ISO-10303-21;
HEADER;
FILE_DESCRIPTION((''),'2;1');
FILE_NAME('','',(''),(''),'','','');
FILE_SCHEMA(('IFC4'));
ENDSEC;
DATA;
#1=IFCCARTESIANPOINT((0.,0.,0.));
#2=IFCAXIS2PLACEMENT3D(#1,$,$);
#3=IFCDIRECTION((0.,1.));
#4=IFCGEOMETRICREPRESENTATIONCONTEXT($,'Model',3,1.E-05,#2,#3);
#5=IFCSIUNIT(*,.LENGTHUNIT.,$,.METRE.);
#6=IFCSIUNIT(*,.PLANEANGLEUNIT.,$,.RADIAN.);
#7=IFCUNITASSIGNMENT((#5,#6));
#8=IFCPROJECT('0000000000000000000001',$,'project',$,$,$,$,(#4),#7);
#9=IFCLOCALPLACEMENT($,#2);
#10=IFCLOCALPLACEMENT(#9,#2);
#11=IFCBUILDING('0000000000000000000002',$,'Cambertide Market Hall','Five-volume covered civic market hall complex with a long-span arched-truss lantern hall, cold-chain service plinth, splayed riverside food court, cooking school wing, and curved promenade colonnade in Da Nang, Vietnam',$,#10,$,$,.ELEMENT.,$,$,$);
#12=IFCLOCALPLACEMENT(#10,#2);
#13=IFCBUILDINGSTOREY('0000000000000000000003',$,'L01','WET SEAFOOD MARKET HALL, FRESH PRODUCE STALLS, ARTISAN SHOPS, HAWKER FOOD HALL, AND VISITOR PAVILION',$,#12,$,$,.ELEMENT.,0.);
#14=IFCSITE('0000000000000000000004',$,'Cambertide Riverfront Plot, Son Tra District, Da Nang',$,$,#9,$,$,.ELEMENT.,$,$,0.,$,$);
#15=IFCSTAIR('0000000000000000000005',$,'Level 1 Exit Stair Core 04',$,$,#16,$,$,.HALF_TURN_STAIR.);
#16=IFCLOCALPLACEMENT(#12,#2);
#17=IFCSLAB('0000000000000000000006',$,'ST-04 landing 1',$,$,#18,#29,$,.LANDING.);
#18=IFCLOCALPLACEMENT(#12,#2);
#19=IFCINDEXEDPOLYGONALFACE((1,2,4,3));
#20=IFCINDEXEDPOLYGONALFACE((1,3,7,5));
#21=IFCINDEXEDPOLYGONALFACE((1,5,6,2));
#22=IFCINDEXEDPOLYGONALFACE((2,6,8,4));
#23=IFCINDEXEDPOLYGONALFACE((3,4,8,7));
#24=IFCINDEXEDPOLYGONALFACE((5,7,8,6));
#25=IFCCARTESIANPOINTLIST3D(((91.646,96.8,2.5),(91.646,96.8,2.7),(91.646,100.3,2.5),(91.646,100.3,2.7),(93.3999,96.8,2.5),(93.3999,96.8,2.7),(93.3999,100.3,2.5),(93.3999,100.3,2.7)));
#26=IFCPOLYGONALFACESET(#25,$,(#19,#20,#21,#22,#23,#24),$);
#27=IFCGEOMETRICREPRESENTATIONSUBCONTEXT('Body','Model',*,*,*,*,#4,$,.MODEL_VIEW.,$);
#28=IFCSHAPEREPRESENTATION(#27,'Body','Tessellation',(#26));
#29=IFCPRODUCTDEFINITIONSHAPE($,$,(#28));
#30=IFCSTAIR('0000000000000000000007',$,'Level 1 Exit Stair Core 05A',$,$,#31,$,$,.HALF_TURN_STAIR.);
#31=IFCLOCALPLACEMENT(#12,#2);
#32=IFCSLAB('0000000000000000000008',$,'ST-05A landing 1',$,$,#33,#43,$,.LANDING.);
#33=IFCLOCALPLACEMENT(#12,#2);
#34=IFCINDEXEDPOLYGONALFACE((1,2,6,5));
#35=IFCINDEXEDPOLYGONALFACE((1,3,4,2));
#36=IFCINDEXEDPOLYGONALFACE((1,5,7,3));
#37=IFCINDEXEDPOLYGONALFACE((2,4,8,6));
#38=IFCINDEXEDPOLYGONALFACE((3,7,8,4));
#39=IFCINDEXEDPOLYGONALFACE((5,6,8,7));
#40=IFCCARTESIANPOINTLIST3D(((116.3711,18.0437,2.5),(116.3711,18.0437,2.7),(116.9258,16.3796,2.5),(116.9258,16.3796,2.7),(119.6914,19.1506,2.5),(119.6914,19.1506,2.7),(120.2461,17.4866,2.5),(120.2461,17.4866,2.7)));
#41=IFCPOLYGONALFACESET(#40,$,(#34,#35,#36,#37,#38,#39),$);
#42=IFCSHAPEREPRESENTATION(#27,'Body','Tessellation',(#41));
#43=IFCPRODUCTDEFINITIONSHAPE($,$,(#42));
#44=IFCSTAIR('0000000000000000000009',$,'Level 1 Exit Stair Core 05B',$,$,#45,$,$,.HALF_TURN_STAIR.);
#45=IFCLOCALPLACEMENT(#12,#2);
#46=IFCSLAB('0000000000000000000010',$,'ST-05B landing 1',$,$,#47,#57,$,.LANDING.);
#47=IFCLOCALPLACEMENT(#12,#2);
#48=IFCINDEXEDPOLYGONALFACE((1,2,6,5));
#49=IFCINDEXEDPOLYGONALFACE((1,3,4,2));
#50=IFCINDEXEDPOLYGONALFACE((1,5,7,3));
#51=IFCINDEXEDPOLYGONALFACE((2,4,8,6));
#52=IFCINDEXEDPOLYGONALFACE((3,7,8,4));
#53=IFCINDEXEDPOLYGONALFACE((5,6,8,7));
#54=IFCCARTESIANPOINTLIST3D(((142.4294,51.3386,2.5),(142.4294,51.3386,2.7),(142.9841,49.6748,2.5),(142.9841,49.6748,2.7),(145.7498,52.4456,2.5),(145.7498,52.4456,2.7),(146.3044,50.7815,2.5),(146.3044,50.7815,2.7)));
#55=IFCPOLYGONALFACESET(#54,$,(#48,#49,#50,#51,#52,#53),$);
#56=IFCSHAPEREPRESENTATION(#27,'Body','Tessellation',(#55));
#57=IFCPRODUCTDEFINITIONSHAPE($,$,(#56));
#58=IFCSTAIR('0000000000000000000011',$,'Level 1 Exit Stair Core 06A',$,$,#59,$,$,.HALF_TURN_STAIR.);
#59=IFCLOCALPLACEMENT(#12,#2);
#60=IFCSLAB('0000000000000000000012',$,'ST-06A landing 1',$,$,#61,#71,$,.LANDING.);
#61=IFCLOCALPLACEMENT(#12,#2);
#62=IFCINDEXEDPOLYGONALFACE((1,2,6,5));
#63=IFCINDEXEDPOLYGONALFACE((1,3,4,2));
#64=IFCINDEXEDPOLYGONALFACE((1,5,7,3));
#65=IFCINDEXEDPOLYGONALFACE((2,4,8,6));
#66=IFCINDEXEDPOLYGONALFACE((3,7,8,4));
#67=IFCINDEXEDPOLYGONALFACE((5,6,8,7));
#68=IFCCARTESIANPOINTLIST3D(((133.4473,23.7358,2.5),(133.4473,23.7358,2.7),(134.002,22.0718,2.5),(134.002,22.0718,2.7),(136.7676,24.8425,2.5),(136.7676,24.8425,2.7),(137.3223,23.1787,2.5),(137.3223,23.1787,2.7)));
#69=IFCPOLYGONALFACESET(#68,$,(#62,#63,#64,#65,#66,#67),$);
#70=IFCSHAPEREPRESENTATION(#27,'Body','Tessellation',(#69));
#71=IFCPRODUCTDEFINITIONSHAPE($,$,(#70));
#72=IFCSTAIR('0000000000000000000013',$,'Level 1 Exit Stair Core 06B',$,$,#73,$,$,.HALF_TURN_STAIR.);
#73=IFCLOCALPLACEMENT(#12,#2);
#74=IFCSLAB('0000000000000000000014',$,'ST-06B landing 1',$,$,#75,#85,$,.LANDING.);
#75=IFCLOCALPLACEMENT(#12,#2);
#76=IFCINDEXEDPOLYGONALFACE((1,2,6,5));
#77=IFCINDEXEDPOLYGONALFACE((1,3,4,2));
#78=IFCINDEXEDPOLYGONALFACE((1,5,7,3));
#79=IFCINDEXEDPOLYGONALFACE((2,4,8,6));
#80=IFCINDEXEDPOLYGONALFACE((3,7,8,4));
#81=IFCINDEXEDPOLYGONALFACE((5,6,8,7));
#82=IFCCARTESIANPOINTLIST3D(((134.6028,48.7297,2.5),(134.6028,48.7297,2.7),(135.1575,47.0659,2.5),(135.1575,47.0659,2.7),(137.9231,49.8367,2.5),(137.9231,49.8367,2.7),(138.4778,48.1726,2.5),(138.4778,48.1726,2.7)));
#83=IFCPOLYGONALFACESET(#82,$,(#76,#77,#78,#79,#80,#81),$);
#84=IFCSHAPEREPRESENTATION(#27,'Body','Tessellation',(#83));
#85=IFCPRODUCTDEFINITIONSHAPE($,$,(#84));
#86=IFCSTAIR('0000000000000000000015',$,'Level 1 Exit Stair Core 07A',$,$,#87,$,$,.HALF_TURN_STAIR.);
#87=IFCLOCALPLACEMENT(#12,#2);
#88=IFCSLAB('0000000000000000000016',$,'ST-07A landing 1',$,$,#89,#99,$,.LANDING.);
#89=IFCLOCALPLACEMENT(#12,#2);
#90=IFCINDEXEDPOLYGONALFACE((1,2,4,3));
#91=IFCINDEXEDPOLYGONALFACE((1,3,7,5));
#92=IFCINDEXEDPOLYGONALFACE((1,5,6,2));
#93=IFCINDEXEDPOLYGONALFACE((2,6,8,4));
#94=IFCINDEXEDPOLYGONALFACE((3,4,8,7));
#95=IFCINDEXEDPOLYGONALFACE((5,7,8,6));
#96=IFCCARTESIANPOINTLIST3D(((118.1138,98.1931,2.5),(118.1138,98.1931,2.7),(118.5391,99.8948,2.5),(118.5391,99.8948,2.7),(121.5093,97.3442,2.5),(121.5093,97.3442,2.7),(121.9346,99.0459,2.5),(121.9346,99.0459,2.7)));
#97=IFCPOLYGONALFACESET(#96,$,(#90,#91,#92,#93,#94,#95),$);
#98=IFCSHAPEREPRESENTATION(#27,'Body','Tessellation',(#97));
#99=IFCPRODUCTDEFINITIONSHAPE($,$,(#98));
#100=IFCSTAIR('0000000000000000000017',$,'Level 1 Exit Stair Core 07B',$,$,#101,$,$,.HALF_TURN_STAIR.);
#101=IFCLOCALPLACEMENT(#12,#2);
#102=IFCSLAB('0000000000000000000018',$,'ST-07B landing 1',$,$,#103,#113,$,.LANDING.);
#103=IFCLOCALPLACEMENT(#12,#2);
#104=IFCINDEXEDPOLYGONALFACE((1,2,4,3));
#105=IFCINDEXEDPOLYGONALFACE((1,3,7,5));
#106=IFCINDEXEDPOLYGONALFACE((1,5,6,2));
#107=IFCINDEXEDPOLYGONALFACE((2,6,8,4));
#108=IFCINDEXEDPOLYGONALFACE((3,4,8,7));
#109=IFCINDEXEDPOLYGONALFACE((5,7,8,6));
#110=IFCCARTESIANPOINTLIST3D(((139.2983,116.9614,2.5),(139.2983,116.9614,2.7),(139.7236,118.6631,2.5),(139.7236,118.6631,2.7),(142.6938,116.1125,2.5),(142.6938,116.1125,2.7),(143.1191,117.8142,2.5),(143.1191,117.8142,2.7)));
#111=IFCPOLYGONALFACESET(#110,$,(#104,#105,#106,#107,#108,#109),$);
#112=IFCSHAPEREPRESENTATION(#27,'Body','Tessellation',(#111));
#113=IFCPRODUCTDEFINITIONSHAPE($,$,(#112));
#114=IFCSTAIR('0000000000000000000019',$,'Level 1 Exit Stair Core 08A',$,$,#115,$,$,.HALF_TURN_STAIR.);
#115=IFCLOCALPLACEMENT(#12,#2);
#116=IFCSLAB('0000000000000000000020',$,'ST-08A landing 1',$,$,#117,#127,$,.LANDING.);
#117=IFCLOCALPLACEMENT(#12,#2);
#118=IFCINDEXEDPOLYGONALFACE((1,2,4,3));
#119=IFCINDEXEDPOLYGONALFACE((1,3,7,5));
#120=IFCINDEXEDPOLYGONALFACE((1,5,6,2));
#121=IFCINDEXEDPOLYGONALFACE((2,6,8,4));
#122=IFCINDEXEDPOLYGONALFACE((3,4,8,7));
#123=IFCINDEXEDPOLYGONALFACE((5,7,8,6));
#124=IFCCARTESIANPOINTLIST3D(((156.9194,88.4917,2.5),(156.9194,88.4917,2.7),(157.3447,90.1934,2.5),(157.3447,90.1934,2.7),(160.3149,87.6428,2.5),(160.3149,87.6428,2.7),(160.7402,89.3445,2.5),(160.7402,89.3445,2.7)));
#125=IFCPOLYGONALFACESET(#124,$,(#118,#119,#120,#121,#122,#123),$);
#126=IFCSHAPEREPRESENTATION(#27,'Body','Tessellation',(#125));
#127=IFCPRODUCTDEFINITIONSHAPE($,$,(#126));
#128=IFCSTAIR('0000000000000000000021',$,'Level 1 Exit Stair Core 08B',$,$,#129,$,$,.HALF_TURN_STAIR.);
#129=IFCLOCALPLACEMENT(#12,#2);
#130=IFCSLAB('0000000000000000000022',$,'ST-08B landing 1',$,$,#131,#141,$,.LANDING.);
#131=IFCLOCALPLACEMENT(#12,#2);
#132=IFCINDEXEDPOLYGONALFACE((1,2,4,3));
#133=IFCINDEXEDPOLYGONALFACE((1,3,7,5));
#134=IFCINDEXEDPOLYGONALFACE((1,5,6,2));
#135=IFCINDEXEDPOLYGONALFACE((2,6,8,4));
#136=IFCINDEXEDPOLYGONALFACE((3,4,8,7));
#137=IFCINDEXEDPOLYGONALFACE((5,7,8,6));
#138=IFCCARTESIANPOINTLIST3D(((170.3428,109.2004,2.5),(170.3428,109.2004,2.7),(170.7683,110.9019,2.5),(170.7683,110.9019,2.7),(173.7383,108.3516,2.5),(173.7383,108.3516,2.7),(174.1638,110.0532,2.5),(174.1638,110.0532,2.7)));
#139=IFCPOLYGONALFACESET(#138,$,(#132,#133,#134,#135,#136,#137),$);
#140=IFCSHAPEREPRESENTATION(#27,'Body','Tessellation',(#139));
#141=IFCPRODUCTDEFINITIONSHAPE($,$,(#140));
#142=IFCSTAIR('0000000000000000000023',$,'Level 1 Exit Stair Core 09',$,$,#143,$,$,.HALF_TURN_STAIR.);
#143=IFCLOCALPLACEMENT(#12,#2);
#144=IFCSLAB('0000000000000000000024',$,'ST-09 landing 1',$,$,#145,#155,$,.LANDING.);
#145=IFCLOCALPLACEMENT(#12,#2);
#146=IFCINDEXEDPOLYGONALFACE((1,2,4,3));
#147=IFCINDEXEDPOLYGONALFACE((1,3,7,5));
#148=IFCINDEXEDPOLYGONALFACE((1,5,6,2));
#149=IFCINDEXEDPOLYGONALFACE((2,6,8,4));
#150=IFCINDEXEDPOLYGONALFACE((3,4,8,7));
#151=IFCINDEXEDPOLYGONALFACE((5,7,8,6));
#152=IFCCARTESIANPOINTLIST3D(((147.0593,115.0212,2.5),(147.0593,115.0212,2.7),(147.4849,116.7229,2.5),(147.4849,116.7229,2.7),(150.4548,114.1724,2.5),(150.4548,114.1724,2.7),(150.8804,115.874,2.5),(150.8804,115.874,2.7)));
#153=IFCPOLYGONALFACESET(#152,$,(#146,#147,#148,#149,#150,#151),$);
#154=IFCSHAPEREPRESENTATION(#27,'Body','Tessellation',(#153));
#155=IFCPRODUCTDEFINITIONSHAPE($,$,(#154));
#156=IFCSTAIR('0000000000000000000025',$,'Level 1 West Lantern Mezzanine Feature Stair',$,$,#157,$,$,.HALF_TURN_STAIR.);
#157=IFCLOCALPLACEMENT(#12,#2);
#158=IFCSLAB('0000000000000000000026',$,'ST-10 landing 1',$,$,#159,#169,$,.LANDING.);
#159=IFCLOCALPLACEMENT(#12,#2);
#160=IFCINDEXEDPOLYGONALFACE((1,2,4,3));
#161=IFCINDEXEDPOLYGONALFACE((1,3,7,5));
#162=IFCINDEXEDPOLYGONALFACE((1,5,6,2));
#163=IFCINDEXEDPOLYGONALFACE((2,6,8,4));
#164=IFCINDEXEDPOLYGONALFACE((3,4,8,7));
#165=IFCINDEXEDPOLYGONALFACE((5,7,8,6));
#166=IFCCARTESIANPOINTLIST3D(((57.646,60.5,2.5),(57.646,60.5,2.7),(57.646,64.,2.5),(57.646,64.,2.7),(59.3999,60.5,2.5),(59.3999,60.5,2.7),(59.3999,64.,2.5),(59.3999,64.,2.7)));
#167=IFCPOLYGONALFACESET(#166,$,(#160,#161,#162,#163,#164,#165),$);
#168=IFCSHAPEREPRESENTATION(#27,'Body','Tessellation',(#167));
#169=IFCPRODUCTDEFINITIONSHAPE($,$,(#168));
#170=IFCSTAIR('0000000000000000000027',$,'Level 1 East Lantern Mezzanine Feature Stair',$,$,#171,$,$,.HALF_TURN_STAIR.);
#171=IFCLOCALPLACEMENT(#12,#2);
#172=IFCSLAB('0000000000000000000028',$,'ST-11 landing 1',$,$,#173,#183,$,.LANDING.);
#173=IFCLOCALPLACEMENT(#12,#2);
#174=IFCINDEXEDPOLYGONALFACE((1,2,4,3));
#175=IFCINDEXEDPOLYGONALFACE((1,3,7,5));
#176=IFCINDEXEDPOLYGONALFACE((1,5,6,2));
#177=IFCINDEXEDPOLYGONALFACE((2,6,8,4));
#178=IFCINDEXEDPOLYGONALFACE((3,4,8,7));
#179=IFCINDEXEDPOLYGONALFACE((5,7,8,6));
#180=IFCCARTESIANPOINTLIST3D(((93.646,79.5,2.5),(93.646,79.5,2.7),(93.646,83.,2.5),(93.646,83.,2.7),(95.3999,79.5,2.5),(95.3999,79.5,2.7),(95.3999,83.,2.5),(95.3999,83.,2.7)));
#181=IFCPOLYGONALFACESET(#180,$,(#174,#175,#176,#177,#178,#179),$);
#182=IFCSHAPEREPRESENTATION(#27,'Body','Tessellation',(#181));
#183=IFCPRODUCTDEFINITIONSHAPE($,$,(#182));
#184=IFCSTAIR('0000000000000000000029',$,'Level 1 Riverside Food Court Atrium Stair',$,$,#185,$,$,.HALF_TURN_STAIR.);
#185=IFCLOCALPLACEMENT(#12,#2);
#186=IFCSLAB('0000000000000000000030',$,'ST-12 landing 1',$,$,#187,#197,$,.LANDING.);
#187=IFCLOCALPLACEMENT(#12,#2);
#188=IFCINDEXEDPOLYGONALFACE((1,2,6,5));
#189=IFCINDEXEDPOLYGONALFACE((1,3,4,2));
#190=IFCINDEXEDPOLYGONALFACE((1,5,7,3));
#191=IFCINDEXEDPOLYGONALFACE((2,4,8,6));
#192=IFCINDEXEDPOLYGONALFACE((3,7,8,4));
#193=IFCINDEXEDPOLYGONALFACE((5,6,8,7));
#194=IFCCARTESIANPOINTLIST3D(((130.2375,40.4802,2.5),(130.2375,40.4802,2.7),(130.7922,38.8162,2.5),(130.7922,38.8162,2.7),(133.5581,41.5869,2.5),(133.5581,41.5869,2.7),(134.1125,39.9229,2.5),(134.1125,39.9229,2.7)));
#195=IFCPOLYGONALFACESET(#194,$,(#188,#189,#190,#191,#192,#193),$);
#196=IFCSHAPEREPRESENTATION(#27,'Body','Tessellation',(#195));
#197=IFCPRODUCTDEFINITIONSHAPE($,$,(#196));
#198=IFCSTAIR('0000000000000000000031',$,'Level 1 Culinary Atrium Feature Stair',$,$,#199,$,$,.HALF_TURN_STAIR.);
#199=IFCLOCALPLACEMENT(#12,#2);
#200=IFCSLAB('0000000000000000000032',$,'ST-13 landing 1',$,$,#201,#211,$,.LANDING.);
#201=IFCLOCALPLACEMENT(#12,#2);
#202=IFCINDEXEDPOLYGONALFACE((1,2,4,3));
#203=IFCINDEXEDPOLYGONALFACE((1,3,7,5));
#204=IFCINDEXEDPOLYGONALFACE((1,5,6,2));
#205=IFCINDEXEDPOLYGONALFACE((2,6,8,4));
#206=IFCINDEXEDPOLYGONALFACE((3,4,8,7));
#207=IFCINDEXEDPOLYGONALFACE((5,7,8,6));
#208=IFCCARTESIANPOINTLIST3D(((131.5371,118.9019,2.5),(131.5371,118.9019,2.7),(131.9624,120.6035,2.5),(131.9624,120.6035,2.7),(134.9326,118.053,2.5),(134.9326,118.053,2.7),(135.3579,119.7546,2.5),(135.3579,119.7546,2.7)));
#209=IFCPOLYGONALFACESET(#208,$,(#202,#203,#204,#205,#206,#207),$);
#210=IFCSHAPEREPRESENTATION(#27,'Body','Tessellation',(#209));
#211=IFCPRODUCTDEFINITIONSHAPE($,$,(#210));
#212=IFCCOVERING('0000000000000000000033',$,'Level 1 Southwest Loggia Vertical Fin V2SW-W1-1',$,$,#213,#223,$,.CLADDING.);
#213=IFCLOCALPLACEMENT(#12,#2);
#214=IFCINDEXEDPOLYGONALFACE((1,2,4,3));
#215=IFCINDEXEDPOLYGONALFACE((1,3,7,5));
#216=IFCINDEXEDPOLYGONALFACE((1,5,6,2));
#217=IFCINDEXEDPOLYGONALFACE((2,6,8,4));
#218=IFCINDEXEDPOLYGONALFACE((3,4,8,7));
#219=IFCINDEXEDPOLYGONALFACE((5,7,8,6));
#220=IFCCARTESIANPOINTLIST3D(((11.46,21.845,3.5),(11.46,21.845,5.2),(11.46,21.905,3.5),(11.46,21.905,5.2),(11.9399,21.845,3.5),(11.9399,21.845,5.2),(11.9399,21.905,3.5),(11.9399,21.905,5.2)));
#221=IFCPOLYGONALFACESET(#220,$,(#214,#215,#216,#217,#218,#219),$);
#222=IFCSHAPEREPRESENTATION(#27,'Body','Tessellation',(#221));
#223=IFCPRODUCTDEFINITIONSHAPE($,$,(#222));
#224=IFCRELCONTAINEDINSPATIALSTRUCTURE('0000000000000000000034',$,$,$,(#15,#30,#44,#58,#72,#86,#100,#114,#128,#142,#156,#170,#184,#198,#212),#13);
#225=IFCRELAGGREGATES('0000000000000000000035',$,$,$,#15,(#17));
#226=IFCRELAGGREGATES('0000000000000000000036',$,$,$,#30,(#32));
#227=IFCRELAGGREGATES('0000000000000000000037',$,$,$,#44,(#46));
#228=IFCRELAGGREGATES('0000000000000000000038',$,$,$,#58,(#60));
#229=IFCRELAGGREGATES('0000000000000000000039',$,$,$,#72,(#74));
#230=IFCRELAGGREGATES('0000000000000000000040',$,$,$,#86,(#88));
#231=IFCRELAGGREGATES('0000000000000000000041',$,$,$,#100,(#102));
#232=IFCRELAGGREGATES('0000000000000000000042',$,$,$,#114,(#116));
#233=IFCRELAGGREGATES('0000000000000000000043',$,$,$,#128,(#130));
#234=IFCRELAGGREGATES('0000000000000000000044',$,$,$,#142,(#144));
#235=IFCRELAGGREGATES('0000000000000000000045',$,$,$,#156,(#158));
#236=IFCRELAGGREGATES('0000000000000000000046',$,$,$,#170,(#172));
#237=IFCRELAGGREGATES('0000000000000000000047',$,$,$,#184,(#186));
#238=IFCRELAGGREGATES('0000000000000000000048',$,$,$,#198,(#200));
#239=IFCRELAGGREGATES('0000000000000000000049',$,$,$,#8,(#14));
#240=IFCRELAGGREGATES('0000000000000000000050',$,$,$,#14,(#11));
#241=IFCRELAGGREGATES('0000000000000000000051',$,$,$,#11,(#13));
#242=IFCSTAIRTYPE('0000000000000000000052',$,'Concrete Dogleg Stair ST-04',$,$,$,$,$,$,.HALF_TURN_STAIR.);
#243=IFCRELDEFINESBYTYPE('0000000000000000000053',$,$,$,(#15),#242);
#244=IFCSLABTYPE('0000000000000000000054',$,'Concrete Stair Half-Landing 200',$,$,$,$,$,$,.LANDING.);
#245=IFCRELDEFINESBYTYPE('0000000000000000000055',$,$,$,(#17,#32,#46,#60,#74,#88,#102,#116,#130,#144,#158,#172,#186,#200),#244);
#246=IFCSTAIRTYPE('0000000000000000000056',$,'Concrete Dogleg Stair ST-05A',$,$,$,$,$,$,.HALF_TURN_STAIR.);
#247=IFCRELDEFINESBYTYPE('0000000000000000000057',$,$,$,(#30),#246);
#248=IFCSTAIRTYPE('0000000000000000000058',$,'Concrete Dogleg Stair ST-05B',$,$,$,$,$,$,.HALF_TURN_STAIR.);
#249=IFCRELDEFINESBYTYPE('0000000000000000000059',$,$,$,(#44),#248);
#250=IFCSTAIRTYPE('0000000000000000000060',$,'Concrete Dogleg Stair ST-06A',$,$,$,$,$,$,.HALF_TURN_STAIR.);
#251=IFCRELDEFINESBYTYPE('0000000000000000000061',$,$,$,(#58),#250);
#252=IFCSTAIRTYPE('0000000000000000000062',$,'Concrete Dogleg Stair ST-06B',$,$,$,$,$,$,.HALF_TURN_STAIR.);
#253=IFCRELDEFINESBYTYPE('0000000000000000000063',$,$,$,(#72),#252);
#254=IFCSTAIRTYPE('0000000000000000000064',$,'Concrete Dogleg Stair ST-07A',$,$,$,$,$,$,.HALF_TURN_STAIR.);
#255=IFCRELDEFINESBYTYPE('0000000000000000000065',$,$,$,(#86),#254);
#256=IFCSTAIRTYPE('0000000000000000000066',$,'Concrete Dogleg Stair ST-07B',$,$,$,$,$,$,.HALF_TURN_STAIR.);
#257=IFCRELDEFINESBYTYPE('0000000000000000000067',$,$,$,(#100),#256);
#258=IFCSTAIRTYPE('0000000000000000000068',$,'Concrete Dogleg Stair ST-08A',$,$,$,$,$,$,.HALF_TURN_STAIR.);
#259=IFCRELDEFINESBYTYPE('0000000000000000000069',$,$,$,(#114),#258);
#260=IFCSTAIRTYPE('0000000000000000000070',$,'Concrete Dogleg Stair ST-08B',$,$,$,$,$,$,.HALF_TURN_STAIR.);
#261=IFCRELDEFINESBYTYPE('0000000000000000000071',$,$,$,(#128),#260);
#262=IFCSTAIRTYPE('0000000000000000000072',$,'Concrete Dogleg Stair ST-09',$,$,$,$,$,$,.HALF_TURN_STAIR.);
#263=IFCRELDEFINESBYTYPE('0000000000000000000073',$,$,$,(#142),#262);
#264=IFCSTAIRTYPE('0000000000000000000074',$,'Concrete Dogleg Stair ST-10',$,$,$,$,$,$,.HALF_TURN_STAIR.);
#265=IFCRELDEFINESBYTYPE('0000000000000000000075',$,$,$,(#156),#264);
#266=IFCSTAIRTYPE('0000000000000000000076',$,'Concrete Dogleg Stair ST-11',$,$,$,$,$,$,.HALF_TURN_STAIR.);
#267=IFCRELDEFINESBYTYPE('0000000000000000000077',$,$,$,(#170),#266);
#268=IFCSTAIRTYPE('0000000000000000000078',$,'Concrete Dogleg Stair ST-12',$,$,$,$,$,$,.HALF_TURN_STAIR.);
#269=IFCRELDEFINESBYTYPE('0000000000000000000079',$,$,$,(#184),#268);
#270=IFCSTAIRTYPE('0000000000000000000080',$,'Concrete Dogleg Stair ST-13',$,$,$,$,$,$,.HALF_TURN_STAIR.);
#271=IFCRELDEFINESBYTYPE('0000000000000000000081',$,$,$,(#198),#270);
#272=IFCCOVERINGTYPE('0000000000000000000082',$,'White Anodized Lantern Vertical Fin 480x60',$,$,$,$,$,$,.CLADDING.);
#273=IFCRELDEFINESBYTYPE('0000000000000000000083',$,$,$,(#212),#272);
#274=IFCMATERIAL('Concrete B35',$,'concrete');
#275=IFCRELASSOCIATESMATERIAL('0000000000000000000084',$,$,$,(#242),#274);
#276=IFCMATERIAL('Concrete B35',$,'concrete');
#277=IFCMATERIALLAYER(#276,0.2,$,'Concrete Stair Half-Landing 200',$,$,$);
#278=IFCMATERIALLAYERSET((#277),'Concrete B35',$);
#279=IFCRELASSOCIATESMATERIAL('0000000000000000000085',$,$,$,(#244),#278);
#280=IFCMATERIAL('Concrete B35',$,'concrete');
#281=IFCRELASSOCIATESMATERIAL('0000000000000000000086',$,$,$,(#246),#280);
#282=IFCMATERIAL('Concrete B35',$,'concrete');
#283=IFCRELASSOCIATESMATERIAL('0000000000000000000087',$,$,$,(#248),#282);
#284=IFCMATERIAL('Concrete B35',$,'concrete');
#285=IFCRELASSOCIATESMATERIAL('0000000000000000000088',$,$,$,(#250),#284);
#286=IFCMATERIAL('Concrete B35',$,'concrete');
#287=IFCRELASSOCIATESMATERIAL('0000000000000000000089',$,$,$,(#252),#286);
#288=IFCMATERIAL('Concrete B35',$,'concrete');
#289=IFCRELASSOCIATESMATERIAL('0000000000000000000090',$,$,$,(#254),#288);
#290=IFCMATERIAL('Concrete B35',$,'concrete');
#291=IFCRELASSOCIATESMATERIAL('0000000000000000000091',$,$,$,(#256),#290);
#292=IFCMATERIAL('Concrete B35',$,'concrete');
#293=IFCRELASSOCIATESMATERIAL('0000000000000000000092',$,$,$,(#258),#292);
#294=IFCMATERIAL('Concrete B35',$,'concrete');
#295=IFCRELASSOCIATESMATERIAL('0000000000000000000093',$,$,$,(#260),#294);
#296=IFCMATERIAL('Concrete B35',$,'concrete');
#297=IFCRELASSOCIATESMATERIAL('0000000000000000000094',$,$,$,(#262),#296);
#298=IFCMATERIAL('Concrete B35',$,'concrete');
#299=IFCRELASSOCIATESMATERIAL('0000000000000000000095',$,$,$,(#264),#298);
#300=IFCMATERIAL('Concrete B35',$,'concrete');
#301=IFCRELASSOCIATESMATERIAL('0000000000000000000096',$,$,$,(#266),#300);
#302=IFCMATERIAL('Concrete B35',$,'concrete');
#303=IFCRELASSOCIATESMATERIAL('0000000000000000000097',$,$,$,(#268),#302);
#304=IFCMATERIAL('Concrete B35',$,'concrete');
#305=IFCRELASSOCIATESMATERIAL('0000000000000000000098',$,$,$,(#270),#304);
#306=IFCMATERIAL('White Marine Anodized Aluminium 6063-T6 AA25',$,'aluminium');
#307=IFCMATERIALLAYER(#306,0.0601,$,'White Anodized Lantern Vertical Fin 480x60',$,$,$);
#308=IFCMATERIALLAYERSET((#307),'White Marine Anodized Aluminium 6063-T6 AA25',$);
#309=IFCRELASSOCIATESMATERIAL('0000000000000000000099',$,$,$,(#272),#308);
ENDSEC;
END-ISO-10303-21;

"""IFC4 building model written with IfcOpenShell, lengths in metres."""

from ifc_helpers import new_model, si_unit, direction, frame, origin, origin_2d, place, context, subcontext, project, spatial, polyline, rectangle, outline, extrude, material, layer, layer_set, type_object, element, aggregate, save


model = new_model("IFC4")

# Units and contexts
model_context = context("Model", 3, precision=1e-05, world=origin(), true_north=direction((0.0, 1.0)))
body_context = subcontext(model_context, "Body", "Model", "MODEL_VIEW")
ifc_project = project(units=[si_unit("LENGTHUNIT", "METRE"), si_unit("PLANEANGLEUNIT", "RADIAN")], contexts=[model_context])

# Site, building, storey
site_placement = place(None, origin())
site = spatial("IfcSite", under=ifc_project, at=site_placement, Name="Cambertide Riverfront Plot, Son Tra District, Da Nang", CompositionType="ELEMENT", RefElevation=0.0)
building_placement = place(site_placement, origin())
building = spatial("IfcBuilding", under=site, at=building_placement, Name="Cambertide Market Hall", Description="Five-volume covered civic market hall complex with a long-span arched-truss lantern hall, cold-chain service plinth, splayed riverside food court, cooking school wing, and curved promenade colonnade in Da Nang, Vietnam", CompositionType="ELEMENT")
storey_placement = place(building_placement, origin())
storey = spatial("IfcBuildingStorey", under=building, at=storey_placement, Name="L01", Description="WET SEAFOOD MARKET HALL, FRESH PRODUCE STALLS, ARTISAN SHOPS, HAWKER FOOD HALL, AND VISITOR PAVILION", CompositionType="ELEMENT", Elevation=0.0)

# Stairs, slabs
ifc_material_1 = material(Name="Concrete B35", Category="concrete")
stair_type_1 = type_object("IfcStairType", Name="Concrete Dogleg Stair ST-04", PredefinedType="HALF_TURN_STAIR", material=ifc_material_1)
stair_1_placement = place(storey_placement, origin())
stair_1 = element("IfcStair", 1, at=stair_1_placement, inside=storey, type_object=stair_type_1, Name="Level 1 Exit Stair Core 04", PredefinedType="HALF_TURN_STAIR")
ifc_material_2 = material(Name="Concrete B35", Category="concrete")
ifc_layer_1 = layer(ifc_material_2, 0.2, Name="Concrete Stair Half-Landing 200")
ifc_layer_set_1 = layer_set([ifc_layer_1], Name="Concrete B35")
slab_type = type_object("IfcSlabType", Name="Concrete Stair Half-Landing 200", PredefinedType="LANDING", material=ifc_layer_set_1)
slab_1_placement = place(storey_placement, frame((0.0, 0.0, 2.5)))
slab_1 = element("IfcSlab", 2, at=slab_1_placement, type_object=slab_type, Name="ST-04 landing 1", PredefinedType="LANDING", context=body_context, shape_type="SweptSolid", body=[
    extrude(outline(polyline([(91.646, 96.8), (93.3999, 96.8), (93.3999, 100.3), (91.646, 100.3), (91.646, 96.8)])), origin(), (0.0, 0.0, 1.0), 0.2),
])
aggregate(stair_1, [slab_1])
ifc_material_3 = material(Name="Concrete B35", Category="concrete")
stair_type_2 = type_object("IfcStairType", Name="Concrete Dogleg Stair ST-05A", PredefinedType="HALF_TURN_STAIR", material=ifc_material_3)
stair_2_placement = place(storey_placement, origin())
stair_2 = element("IfcStair", 3, at=stair_2_placement, inside=storey, type_object=stair_type_2, Name="Level 1 Exit Stair Core 05A", PredefinedType="HALF_TURN_STAIR")
slab_2_placement = place(storey_placement, frame((0.0, 0.0, 2.5)))
slab_2 = element("IfcSlab", 4, at=slab_2_placement, type_object=slab_type, Name="ST-05A landing 1", PredefinedType="LANDING", context=body_context, shape_type="SweptSolid", body=[
    extrude(outline(polyline([(116.3711, 18.0437), (116.9258, 16.3796), (120.2461, 17.4866), (119.6914, 19.1506), (116.3711, 18.0437)])), origin(), (0.0, 0.0, 1.0), 0.2),
])
aggregate(stair_2, [slab_2])
ifc_material_4 = material(Name="Concrete B35", Category="concrete")
stair_type_3 = type_object("IfcStairType", Name="Concrete Dogleg Stair ST-05B", PredefinedType="HALF_TURN_STAIR", material=ifc_material_4)
stair_3_placement = place(storey_placement, origin())
stair_3 = element("IfcStair", 5, at=stair_3_placement, inside=storey, type_object=stair_type_3, Name="Level 1 Exit Stair Core 05B", PredefinedType="HALF_TURN_STAIR")
slab_3_placement = place(storey_placement, frame((0.0, 0.0, 2.5)))
slab_3 = element("IfcSlab", 6, at=slab_3_placement, type_object=slab_type, Name="ST-05B landing 1", PredefinedType="LANDING", context=body_context, shape_type="SweptSolid", body=[
    extrude(outline(polyline([(146.3044, 50.7815), (145.7498, 52.4456), (142.4294, 51.3386), (142.9841, 49.6748), (146.3044, 50.7815)])), origin(), (0.0, 0.0, 1.0), 0.2),
])
aggregate(stair_3, [slab_3])
ifc_material_5 = material(Name="Concrete B35", Category="concrete")
stair_type_4 = type_object("IfcStairType", Name="Concrete Dogleg Stair ST-06A", PredefinedType="HALF_TURN_STAIR", material=ifc_material_5)
stair_4_placement = place(storey_placement, origin())
stair_4 = element("IfcStair", 7, at=stair_4_placement, inside=storey, type_object=stair_type_4, Name="Level 1 Exit Stair Core 06A", PredefinedType="HALF_TURN_STAIR")
slab_4_placement = place(storey_placement, frame((0.0, 0.0, 2.5)))
slab_4 = element("IfcSlab", 8, at=slab_4_placement, type_object=slab_type, Name="ST-06A landing 1", PredefinedType="LANDING", context=body_context, shape_type="SweptSolid", body=[
    extrude(outline(polyline([(133.4473, 23.7358), (134.002, 22.0718), (137.3223, 23.1787), (136.7676, 24.8425), (133.4473, 23.7358)])), origin(), (0.0, 0.0, 1.0), 0.2),
])
aggregate(stair_4, [slab_4])
ifc_material_6 = material(Name="Concrete B35", Category="concrete")
stair_type_5 = type_object("IfcStairType", Name="Concrete Dogleg Stair ST-06B", PredefinedType="HALF_TURN_STAIR", material=ifc_material_6)
stair_5_placement = place(storey_placement, origin())
stair_5 = element("IfcStair", 9, at=stair_5_placement, inside=storey, type_object=stair_type_5, Name="Level 1 Exit Stair Core 06B", PredefinedType="HALF_TURN_STAIR")
slab_5_placement = place(storey_placement, frame((0.0, 0.0, 2.5)))
slab_5 = element("IfcSlab", 10, at=slab_5_placement, type_object=slab_type, Name="ST-06B landing 1", PredefinedType="LANDING", context=body_context, shape_type="SweptSolid", body=[
    extrude(outline(polyline([(138.4778, 48.1726), (137.9231, 49.8367), (134.6028, 48.7297), (135.1575, 47.0659), (138.4778, 48.1726)])), origin(), (0.0, 0.0, 1.0), 0.2),
])
aggregate(stair_5, [slab_5])
ifc_material_7 = material(Name="Concrete B35", Category="concrete")
stair_type_6 = type_object("IfcStairType", Name="Concrete Dogleg Stair ST-07A", PredefinedType="HALF_TURN_STAIR", material=ifc_material_7)
stair_6_placement = place(storey_placement, origin())
stair_6 = element("IfcStair", 11, at=stair_6_placement, inside=storey, type_object=stair_type_6, Name="Level 1 Exit Stair Core 07A", PredefinedType="HALF_TURN_STAIR")
slab_6_placement = place(storey_placement, frame((0.0, 0.0, 2.5)))
slab_6 = element("IfcSlab", 12, at=slab_6_placement, type_object=slab_type, Name="ST-07A landing 1", PredefinedType="LANDING", context=body_context, shape_type="SweptSolid", body=[
    extrude(outline(polyline([(118.5391, 99.8948), (118.1138, 98.1931), (121.5093, 97.3442), (121.9346, 99.0459), (118.5391, 99.8948)])), origin(), (0.0, 0.0, 1.0), 0.2),
])
aggregate(stair_6, [slab_6])
ifc_material_8 = material(Name="Concrete B35", Category="concrete")
stair_type_7 = type_object("IfcStairType", Name="Concrete Dogleg Stair ST-07B", PredefinedType="HALF_TURN_STAIR", material=ifc_material_8)
stair_7_placement = place(storey_placement, origin())
stair_7 = element("IfcStair", 13, at=stair_7_placement, inside=storey, type_object=stair_type_7, Name="Level 1 Exit Stair Core 07B", PredefinedType="HALF_TURN_STAIR")
slab_7_placement = place(storey_placement, frame((0.0, 0.0, 2.5)))
slab_7 = element("IfcSlab", 14, at=slab_7_placement, type_object=slab_type, Name="ST-07B landing 1", PredefinedType="LANDING", context=body_context, shape_type="SweptSolid", body=[
    extrude(outline(polyline([(142.6938, 116.1125), (143.1191, 117.8142), (139.7236, 118.6631), (139.2983, 116.9614), (142.6938, 116.1125)])), origin(), (0.0, 0.0, 1.0), 0.2),
])
aggregate(stair_7, [slab_7])
ifc_material_9 = material(Name="Concrete B35", Category="concrete")
stair_type_8 = type_object("IfcStairType", Name="Concrete Dogleg Stair ST-08A", PredefinedType="HALF_TURN_STAIR", material=ifc_material_9)
stair_8_placement = place(storey_placement, origin())
stair_8 = element("IfcStair", 15, at=stair_8_placement, inside=storey, type_object=stair_type_8, Name="Level 1 Exit Stair Core 08A", PredefinedType="HALF_TURN_STAIR")
slab_8_placement = place(storey_placement, frame((0.0, 0.0, 2.5)))
slab_8 = element("IfcSlab", 16, at=slab_8_placement, type_object=slab_type, Name="ST-08A landing 1", PredefinedType="LANDING", context=body_context, shape_type="SweptSolid", body=[
    extrude(outline(polyline([(157.3447, 90.1934), (156.9194, 88.4917), (160.3149, 87.6428), (160.7402, 89.3445), (157.3447, 90.1934)])), origin(), (0.0, 0.0, 1.0), 0.2),
])
aggregate(stair_8, [slab_8])
ifc_material_10 = material(Name="Concrete B35", Category="concrete")
stair_type_9 = type_object("IfcStairType", Name="Concrete Dogleg Stair ST-08B", PredefinedType="HALF_TURN_STAIR", material=ifc_material_10)
stair_9_placement = place(storey_placement, origin())
stair_9 = element("IfcStair", 17, at=stair_9_placement, inside=storey, type_object=stair_type_9, Name="Level 1 Exit Stair Core 08B", PredefinedType="HALF_TURN_STAIR")
slab_9_placement = place(storey_placement, frame((0.0, 0.0, 2.5)))
slab_9 = element("IfcSlab", 18, at=slab_9_placement, type_object=slab_type, Name="ST-08B landing 1", PredefinedType="LANDING", context=body_context, shape_type="SweptSolid", body=[
    extrude(outline(polyline([(173.7383, 108.3516), (174.1638, 110.0532), (170.7683, 110.9019), (170.3428, 109.2004), (173.7383, 108.3516)])), origin(), (0.0, 0.0, 1.0), 0.2),
])
aggregate(stair_9, [slab_9])
ifc_material_11 = material(Name="Concrete B35", Category="concrete")
stair_type_10 = type_object("IfcStairType", Name="Concrete Dogleg Stair ST-09", PredefinedType="HALF_TURN_STAIR", material=ifc_material_11)
stair_10_placement = place(storey_placement, origin())
stair_10 = element("IfcStair", 19, at=stair_10_placement, inside=storey, type_object=stair_type_10, Name="Level 1 Exit Stair Core 09", PredefinedType="HALF_TURN_STAIR")
slab_10_placement = place(storey_placement, frame((0.0, 0.0, 2.5)))
slab_10 = element("IfcSlab", 20, at=slab_10_placement, type_object=slab_type, Name="ST-09 landing 1", PredefinedType="LANDING", context=body_context, shape_type="SweptSolid", body=[
    extrude(outline(polyline([(150.4548, 114.1724), (150.8804, 115.874), (147.4849, 116.7229), (147.0593, 115.0212), (150.4548, 114.1724)])), origin(), (0.0, 0.0, 1.0), 0.2),
])
aggregate(stair_10, [slab_10])
ifc_material_12 = material(Name="Concrete B35", Category="concrete")
stair_type_11 = type_object("IfcStairType", Name="Concrete Dogleg Stair ST-10", PredefinedType="HALF_TURN_STAIR", material=ifc_material_12)
stair_11_placement = place(storey_placement, origin())
stair_11 = element("IfcStair", 21, at=stair_11_placement, inside=storey, type_object=stair_type_11, Name="Level 1 West Lantern Mezzanine Feature Stair", PredefinedType="HALF_TURN_STAIR")
slab_11_placement = place(storey_placement, frame((0.0, 0.0, 2.5)))
slab_11 = element("IfcSlab", 22, at=slab_11_placement, type_object=slab_type, Name="ST-10 landing 1", PredefinedType="LANDING", context=body_context, shape_type="SweptSolid", body=[
    extrude(outline(polyline([(57.646, 60.5), (59.3999, 60.5), (59.3999, 64.0), (57.646, 64.0), (57.646, 60.5)])), origin(), (0.0, 0.0, 1.0), 0.2),
])
aggregate(stair_11, [slab_11])
ifc_material_13 = material(Name="Concrete B35", Category="concrete")
stair_type_12 = type_object("IfcStairType", Name="Concrete Dogleg Stair ST-11", PredefinedType="HALF_TURN_STAIR", material=ifc_material_13)
stair_12_placement = place(storey_placement, origin())
stair_12 = element("IfcStair", 23, at=stair_12_placement, inside=storey, type_object=stair_type_12, Name="Level 1 East Lantern Mezzanine Feature Stair", PredefinedType="HALF_TURN_STAIR")
slab_12_placement = place(storey_placement, frame((0.0, 0.0, 2.5)))
slab_12 = element("IfcSlab", 24, at=slab_12_placement, type_object=slab_type, Name="ST-11 landing 1", PredefinedType="LANDING", context=body_context, shape_type="SweptSolid", body=[
    extrude(outline(polyline([(93.646, 79.5), (95.3999, 79.5), (95.3999, 83.0), (93.646, 83.0), (93.646, 79.5)])), origin(), (0.0, 0.0, 1.0), 0.2),
])
aggregate(stair_12, [slab_12])
ifc_material_14 = material(Name="Concrete B35", Category="concrete")
stair_type_13 = type_object("IfcStairType", Name="Concrete Dogleg Stair ST-12", PredefinedType="HALF_TURN_STAIR", material=ifc_material_14)
stair_13_placement = place(storey_placement, origin())
stair_13 = element("IfcStair", 25, at=stair_13_placement, inside=storey, type_object=stair_type_13, Name="Level 1 Riverside Food Court Atrium Stair", PredefinedType="HALF_TURN_STAIR")
slab_13_placement = place(storey_placement, frame((0.0, 0.0, 2.5)))
slab_13 = element("IfcSlab", 26, at=slab_13_placement, type_object=slab_type, Name="ST-12 landing 1", PredefinedType="LANDING", context=body_context, shape_type="SweptSolid", body=[
    extrude(outline(polyline([(130.2375, 40.4802), (130.7922, 38.8162), (134.1125, 39.9229), (133.5581, 41.5869), (130.2375, 40.4802)])), origin(), (0.0, 0.0, 1.0), 0.2),
])
aggregate(stair_13, [slab_13])
ifc_material_15 = material(Name="Concrete B35", Category="concrete")
stair_type_14 = type_object("IfcStairType", Name="Concrete Dogleg Stair ST-13", PredefinedType="HALF_TURN_STAIR", material=ifc_material_15)
stair_14_placement = place(storey_placement, origin())
stair_14 = element("IfcStair", 27, at=stair_14_placement, inside=storey, type_object=stair_type_14, Name="Level 1 Culinary Atrium Feature Stair", PredefinedType="HALF_TURN_STAIR")
slab_14_placement = place(storey_placement, frame((0.0, 0.0, 2.5)))
slab_14 = element("IfcSlab", 28, at=slab_14_placement, type_object=slab_type, Name="ST-13 landing 1", PredefinedType="LANDING", context=body_context, shape_type="SweptSolid", body=[
    extrude(outline(polyline([(134.9326, 118.053), (135.3579, 119.7546), (131.9624, 120.6035), (131.5371, 118.9019), (134.9326, 118.053)])), origin(), (0.0, 0.0, 1.0), 0.2),
])
aggregate(stair_14, [slab_14])

# Covering
ifc_material_16 = material(Name="White Marine Anodized Aluminium 6063-T6 AA25", Category="aluminium")
ifc_layer_2 = layer(ifc_material_16, 0.0601, Name="White Anodized Lantern Vertical Fin 480x60")
ifc_layer_set_2 = layer_set([ifc_layer_2], Name="White Marine Anodized Aluminium 6063-T6 AA25")
covering_type = type_object("IfcCoveringType", Name="White Anodized Lantern Vertical Fin 480x60", PredefinedType="CLADDING", material=ifc_layer_set_2)
for number, where, z_axis, x_axis, name in (
    (29, (11.7, 21.875, 3.5), (0.0, 0.0, 1.0), (0.0, 1.0, 0.0), "Level 1 Southwest Loggia Vertical Fin V2SW-W1-1"),
):
    element("IfcCovering", number, at=place(storey_placement, frame(where, z_axis=z_axis, x_axis=x_axis)), inside=storey, type_object=covering_type, Name=name, PredefinedType="CLADDING", context=body_context, shape_type="SweptSolid", body=[
        extrude(rectangle(XDim=0.0601, YDim=0.48, at=origin_2d()), origin(), (0.0, 0.0, 1.0), 1.7),
    ])

save(model, "model.ifc")
